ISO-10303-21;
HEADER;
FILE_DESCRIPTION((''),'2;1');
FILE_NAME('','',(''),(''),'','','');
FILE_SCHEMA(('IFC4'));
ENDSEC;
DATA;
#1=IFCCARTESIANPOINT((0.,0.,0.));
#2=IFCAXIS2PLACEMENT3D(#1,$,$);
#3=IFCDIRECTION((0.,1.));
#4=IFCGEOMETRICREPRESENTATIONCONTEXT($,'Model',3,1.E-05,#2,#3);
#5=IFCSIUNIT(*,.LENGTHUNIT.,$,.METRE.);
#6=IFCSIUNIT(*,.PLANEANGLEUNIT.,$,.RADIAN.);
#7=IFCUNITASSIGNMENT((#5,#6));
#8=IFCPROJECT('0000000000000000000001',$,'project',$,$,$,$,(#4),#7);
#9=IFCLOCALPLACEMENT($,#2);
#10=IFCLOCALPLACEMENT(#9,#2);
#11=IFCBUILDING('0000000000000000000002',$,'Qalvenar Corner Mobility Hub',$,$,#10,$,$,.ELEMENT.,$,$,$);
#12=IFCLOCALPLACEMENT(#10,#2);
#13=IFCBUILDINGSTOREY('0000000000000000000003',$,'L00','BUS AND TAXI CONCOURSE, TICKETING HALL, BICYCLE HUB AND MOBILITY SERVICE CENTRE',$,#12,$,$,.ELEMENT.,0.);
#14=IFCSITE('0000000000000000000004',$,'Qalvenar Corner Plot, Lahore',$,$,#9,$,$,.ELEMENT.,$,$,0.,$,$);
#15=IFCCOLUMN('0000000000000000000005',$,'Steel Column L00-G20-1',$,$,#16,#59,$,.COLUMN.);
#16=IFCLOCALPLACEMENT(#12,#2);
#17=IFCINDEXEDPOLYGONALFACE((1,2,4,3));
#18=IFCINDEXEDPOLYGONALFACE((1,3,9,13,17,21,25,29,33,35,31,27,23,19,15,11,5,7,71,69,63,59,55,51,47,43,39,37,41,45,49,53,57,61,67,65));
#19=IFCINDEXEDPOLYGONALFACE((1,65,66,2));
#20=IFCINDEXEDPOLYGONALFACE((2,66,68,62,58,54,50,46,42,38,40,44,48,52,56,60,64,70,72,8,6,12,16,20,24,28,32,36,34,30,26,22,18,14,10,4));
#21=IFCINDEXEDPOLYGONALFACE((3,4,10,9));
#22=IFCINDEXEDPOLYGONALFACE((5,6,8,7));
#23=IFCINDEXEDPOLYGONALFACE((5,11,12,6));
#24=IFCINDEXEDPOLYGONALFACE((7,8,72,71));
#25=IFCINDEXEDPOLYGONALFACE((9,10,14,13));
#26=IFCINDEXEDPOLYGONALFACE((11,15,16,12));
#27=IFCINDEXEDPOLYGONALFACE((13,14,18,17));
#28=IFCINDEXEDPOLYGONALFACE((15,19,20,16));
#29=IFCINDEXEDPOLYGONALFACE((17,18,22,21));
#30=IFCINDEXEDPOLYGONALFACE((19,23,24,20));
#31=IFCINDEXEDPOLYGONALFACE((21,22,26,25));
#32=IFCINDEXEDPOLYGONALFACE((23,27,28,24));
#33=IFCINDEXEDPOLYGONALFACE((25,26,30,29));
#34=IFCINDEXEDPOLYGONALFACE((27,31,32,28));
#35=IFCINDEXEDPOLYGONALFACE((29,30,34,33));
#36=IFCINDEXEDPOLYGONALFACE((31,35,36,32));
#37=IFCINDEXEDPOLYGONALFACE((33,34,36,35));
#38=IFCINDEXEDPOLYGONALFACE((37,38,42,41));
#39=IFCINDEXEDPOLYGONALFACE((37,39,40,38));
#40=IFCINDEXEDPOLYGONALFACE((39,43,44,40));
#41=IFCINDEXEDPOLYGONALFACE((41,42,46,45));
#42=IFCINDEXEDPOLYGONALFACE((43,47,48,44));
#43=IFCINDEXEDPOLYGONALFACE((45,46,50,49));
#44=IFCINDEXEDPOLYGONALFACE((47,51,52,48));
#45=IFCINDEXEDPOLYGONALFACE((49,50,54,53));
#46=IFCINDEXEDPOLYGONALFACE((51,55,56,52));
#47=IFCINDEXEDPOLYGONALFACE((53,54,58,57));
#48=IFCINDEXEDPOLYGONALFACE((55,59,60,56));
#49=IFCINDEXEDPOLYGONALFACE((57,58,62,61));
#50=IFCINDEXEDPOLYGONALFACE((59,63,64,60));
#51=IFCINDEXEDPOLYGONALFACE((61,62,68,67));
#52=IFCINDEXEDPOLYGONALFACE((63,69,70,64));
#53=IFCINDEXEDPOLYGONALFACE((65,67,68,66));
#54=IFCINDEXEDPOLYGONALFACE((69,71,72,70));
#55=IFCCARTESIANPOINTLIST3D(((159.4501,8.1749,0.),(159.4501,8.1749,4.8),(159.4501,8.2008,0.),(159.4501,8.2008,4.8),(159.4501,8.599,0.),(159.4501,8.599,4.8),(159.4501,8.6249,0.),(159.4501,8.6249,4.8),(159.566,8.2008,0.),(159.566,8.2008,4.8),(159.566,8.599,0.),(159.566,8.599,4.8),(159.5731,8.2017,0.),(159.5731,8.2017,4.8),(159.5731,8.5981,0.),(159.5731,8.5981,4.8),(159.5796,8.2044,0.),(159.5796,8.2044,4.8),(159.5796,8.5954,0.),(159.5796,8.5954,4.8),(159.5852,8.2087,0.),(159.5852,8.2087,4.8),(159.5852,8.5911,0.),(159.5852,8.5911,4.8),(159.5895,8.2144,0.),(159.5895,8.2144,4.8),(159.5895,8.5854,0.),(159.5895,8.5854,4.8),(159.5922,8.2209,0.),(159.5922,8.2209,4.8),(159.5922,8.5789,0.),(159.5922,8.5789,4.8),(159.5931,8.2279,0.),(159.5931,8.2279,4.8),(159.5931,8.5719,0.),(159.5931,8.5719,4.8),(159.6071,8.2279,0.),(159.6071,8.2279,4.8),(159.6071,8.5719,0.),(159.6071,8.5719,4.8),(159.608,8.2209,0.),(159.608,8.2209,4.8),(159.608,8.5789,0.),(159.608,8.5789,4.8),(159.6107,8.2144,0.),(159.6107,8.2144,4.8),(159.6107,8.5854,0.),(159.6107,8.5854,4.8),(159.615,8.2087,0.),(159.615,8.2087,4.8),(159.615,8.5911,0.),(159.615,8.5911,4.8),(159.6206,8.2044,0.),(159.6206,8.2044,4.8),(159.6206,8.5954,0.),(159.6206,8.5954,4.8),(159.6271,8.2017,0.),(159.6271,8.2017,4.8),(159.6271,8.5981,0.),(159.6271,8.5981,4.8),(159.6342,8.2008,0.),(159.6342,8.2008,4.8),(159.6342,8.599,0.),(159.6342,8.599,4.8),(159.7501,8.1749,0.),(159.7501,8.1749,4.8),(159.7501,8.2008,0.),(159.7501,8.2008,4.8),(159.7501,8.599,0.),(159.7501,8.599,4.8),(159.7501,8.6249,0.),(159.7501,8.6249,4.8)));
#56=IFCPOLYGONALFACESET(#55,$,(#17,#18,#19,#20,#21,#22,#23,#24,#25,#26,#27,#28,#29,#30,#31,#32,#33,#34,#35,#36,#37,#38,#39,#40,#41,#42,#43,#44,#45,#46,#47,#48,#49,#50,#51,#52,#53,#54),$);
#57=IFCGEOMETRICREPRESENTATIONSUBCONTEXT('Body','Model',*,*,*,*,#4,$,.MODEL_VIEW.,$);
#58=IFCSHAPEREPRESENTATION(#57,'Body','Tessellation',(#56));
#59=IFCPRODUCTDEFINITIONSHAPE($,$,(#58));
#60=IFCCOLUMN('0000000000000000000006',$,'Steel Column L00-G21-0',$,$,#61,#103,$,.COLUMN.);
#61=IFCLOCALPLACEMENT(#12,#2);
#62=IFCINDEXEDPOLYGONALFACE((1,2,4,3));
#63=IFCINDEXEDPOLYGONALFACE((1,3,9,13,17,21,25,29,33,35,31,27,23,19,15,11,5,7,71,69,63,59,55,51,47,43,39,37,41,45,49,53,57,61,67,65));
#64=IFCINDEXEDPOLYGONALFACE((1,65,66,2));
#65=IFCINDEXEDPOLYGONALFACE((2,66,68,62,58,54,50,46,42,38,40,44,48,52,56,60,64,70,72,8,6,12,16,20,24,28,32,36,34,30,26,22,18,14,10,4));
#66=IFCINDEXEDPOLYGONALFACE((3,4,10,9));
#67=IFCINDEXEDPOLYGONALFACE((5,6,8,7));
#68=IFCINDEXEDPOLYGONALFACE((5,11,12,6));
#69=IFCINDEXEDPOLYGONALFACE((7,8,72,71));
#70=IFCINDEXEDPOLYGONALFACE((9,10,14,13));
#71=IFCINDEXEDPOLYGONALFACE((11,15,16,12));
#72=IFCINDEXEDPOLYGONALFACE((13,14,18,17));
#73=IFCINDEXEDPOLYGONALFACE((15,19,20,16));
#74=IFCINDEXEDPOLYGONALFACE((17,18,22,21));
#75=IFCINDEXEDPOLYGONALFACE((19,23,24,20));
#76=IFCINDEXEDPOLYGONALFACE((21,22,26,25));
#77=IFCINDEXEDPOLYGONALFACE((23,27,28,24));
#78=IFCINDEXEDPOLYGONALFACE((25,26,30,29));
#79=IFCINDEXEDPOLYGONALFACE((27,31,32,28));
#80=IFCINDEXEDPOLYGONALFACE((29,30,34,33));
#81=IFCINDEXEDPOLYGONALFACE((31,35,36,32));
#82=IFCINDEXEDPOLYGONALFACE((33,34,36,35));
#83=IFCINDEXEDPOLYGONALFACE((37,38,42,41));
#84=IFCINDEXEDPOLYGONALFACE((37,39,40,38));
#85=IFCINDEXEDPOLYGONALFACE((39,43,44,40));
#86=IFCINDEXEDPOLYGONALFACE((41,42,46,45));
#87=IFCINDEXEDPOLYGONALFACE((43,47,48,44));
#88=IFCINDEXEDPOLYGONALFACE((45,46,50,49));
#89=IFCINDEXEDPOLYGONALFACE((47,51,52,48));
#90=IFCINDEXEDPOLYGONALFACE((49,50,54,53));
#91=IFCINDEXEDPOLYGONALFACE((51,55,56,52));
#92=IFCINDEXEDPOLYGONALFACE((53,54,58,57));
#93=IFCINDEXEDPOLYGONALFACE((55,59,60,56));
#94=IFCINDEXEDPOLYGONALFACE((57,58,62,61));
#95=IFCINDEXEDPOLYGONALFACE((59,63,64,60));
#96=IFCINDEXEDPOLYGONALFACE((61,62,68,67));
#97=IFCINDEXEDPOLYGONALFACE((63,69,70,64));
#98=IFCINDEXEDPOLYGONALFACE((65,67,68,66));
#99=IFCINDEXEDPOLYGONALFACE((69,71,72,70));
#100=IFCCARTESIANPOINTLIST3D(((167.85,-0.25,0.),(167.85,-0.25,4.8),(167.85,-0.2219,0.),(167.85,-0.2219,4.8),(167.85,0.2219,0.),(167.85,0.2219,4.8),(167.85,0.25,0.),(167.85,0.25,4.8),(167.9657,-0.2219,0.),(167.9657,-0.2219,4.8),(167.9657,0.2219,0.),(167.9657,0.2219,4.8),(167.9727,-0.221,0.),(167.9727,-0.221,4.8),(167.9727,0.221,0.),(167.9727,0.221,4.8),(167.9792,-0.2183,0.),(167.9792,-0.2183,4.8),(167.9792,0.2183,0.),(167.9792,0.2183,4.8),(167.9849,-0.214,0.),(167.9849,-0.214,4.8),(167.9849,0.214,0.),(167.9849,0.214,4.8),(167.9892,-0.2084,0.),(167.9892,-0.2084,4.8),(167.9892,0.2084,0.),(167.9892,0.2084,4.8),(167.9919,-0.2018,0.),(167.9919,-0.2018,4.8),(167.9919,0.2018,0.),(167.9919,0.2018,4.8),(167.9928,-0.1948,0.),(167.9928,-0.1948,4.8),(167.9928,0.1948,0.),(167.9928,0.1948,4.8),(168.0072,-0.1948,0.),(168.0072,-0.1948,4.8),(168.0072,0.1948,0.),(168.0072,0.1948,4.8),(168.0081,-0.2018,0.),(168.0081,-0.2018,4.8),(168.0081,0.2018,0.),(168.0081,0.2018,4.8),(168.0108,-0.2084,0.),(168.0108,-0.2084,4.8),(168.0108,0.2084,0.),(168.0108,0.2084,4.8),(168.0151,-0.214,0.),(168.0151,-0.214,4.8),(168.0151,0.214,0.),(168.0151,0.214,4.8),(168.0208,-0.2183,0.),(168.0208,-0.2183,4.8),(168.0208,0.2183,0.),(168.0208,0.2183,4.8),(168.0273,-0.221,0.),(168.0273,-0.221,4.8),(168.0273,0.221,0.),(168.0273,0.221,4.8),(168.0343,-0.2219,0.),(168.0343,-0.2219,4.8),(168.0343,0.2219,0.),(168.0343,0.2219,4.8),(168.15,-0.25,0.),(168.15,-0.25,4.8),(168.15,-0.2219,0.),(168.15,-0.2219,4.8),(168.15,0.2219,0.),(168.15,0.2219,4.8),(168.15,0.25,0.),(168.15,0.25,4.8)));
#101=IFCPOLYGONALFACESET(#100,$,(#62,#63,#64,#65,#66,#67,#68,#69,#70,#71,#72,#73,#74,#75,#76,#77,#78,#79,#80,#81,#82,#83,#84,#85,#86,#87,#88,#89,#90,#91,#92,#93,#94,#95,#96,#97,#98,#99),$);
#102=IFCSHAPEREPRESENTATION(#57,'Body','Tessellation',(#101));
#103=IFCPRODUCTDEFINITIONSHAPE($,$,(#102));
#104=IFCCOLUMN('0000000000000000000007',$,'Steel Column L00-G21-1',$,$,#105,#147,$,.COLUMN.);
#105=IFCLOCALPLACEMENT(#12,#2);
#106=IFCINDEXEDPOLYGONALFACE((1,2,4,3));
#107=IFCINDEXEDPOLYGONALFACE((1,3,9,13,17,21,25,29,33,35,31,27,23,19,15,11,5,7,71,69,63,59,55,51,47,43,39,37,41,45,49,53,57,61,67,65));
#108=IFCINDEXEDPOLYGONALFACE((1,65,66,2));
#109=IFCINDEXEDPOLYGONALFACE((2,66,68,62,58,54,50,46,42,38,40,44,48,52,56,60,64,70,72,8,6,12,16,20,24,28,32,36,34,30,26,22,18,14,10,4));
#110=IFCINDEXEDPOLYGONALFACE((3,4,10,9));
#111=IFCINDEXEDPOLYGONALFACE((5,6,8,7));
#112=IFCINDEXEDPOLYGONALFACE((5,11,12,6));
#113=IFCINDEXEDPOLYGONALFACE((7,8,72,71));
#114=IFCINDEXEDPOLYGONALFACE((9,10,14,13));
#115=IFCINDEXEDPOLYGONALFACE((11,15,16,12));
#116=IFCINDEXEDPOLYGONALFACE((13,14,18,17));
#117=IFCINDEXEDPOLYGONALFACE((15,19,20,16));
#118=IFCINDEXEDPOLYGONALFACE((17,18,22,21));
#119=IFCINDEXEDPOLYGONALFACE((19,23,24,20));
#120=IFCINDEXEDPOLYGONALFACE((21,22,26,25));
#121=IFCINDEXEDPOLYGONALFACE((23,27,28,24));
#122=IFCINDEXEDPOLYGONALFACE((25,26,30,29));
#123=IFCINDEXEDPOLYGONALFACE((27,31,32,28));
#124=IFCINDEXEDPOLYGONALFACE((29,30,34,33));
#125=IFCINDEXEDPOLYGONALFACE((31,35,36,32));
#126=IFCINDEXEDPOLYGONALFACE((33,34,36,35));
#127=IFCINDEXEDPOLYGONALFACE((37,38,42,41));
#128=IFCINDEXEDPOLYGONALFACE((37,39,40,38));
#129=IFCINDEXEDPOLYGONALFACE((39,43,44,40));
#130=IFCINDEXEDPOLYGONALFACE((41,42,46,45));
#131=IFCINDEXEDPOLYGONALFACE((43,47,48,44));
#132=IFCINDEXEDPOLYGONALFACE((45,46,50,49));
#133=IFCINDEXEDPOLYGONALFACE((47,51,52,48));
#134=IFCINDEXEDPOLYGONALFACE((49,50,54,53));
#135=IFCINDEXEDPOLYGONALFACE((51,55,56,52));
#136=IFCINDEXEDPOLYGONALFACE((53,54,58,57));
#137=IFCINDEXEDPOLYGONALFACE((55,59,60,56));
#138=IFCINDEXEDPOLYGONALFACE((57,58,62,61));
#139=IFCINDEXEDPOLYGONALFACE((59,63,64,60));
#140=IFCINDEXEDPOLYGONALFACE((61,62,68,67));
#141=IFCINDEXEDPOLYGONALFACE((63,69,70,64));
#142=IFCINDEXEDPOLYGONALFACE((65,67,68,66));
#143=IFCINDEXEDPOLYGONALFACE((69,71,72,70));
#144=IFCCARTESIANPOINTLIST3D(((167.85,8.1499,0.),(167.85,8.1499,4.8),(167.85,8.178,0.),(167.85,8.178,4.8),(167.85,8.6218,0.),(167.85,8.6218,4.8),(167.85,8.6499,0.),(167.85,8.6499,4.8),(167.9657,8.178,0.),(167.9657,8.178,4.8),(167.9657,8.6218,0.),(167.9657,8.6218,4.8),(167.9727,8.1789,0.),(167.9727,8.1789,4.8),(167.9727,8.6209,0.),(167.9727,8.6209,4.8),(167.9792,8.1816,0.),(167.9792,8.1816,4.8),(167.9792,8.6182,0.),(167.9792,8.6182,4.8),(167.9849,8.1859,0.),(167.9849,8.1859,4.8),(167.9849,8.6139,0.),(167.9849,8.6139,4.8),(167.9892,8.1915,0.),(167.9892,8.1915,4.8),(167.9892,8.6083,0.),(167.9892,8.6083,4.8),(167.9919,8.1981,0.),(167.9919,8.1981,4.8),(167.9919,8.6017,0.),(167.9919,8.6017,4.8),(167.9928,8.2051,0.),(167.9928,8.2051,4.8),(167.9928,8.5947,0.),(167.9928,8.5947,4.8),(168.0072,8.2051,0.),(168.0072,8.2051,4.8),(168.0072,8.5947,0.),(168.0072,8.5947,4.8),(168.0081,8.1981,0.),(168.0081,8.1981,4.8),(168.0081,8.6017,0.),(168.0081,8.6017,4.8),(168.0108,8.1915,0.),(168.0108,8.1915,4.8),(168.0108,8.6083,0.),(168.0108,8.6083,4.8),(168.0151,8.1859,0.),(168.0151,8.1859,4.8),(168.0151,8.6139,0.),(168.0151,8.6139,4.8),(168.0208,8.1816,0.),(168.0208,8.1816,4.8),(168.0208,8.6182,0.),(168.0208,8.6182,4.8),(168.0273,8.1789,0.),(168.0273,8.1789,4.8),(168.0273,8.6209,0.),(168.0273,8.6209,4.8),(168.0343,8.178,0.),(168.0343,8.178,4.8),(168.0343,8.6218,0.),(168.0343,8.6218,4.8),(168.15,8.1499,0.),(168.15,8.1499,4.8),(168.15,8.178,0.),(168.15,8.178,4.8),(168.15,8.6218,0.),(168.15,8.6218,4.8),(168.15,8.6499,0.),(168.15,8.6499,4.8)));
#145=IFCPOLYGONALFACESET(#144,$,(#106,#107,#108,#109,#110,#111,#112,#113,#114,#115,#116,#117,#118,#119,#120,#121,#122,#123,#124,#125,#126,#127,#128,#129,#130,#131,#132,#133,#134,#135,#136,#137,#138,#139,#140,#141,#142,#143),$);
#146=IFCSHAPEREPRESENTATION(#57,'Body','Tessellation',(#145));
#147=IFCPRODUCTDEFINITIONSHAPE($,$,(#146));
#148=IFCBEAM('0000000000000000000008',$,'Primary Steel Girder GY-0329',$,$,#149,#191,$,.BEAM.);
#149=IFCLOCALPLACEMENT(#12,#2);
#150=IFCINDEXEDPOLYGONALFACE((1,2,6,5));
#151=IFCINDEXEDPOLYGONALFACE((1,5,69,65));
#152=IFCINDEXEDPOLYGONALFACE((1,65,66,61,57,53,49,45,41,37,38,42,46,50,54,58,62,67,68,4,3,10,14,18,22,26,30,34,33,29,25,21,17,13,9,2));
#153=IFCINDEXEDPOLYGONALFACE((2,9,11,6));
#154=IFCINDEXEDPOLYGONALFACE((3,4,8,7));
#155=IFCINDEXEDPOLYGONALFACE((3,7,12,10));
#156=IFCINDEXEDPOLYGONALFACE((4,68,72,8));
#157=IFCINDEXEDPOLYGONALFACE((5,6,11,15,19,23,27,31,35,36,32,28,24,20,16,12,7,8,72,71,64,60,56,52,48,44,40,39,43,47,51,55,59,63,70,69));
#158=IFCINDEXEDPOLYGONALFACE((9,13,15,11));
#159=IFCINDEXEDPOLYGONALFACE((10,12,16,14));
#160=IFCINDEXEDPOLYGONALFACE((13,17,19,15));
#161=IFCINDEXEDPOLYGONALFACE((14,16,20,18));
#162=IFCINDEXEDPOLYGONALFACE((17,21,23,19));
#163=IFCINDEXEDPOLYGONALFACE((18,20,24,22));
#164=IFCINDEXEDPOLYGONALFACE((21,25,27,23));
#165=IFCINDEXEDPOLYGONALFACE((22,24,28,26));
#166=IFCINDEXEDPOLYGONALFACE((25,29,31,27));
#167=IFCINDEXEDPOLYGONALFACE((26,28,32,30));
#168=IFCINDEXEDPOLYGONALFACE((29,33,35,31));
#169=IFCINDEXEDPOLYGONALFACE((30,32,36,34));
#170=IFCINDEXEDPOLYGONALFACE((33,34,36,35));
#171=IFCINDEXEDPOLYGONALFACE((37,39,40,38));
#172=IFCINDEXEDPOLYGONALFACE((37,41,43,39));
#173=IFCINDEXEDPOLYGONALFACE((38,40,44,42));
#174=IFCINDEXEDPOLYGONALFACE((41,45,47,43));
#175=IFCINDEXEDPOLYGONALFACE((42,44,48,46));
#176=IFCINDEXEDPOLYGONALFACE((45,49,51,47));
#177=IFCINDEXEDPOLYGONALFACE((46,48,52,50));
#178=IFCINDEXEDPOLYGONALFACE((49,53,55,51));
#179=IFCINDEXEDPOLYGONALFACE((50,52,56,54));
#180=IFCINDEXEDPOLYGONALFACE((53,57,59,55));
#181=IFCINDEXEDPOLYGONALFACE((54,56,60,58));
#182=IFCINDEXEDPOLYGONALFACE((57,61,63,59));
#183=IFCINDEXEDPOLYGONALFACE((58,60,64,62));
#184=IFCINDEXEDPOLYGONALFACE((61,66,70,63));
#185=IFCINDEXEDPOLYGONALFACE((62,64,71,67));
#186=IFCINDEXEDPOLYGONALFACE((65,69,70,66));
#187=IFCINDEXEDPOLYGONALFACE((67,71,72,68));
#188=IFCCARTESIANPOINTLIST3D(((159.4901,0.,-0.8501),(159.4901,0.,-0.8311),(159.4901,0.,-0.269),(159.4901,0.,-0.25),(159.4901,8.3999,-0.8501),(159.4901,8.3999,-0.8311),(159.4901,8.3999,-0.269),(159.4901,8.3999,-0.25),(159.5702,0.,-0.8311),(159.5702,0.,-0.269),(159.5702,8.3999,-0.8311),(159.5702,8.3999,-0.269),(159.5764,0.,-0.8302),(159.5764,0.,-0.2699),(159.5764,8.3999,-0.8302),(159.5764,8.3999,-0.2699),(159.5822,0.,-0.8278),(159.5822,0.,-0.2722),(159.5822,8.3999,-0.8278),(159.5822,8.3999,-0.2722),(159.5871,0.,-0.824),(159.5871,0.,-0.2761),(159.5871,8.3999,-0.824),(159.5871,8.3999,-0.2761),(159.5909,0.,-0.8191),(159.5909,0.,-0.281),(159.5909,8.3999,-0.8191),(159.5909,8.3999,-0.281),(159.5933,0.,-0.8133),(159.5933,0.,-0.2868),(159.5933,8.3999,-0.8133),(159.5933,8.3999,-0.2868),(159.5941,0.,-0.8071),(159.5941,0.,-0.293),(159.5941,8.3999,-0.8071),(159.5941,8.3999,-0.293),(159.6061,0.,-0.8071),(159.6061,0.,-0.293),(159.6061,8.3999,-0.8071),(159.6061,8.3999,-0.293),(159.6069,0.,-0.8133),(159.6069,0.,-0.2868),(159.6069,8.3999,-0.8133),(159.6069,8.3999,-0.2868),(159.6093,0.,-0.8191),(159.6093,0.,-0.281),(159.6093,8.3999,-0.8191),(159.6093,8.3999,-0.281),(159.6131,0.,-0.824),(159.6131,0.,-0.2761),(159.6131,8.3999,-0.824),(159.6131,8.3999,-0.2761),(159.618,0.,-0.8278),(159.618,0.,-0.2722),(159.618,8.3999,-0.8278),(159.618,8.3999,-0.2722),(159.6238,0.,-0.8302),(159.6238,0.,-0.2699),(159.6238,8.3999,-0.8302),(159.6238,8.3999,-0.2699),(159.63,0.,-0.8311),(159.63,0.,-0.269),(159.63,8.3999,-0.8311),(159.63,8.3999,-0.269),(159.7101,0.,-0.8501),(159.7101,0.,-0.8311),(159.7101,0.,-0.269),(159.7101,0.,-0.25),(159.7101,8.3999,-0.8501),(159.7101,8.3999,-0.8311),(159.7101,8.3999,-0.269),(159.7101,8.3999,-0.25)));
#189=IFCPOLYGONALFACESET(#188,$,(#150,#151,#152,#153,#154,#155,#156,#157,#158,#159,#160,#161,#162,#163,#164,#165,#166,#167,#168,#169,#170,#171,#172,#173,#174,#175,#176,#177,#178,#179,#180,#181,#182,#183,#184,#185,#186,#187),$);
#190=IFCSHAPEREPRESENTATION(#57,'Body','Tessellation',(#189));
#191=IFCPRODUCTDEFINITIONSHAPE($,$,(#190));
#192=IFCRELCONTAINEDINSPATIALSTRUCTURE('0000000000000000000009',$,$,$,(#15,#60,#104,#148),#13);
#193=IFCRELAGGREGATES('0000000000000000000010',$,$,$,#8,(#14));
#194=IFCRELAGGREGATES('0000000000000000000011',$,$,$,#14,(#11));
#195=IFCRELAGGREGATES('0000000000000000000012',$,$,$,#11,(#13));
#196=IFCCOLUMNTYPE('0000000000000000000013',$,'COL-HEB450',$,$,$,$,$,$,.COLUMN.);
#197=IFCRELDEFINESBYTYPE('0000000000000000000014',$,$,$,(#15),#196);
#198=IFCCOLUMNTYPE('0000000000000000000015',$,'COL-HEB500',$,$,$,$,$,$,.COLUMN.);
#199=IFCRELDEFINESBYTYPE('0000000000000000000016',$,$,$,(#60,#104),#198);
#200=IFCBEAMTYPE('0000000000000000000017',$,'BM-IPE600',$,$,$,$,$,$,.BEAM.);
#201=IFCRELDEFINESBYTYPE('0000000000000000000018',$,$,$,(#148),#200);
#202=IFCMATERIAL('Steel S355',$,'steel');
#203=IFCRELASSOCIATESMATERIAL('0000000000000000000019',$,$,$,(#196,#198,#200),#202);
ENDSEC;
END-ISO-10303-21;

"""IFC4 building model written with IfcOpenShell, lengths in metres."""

from ifc_helpers import new_model, si_unit, direction, frame, origin, origin_2d, place, context, subcontext, project, spatial, i_section, extrude, material, material_profile, profile_set, type_object, element, save


model = new_model("IFC4")

# Units and contexts
model_context = context("Model", 3, precision=1e-05, world=origin(), true_north=direction((0.0, 1.0)))
body_context = subcontext(model_context, "Body", "Model", "MODEL_VIEW")
ifc_project = project(units=[si_unit("LENGTHUNIT", "METRE"), si_unit("PLANEANGLEUNIT", "RADIAN")], contexts=[model_context])

# Site, building, storey
site_placement = place(None, origin())
site = spatial("IfcSite", under=ifc_project, at=site_placement, Name="Qalvenar Corner Plot, Lahore", CompositionType="ELEMENT", RefElevation=0.0)
building_placement = place(site_placement, origin())
building = spatial("IfcBuilding", under=site, at=building_placement, Name="Qalvenar Corner Mobility Hub", CompositionType="ELEMENT")
storey_placement = place(building_placement, origin())
storey = spatial("IfcBuildingStorey", under=building, at=storey_placement, Name="L00", Description="BUS AND TAXI CONCOURSE, TICKETING HALL, BICYCLE HUB AND MOBILITY SERVICE CENTRE", CompositionType="ELEMENT", Elevation=0.0)

# Columns
ifc_material_1 = material(Name="Steel S355", Category="steel")
ifc_material_profile_1 = material_profile(ifc_material_1, i_section(OverallWidth=0.3, OverallDepth=0.45, WebThickness=0.0139, FlangeThickness=0.0259, FilletRadius=0.0271, at=origin_2d()), Name="HEB450")
ifc_profile_set_1 = profile_set([ifc_material_profile_1], Name="Steel S355")
column_type_1 = type_object("IfcColumnType", Name="COL-HEB450", PredefinedType="COLUMN", material=ifc_profile_set_1)
column_placement = place(storey_placement, frame((159.6001, 8.3999, 0.0), z_axis=(0.0, 0.0, 1.0), x_axis=(1.0, 0.0, 0.0)))
element("IfcColumn", 1, at=column_placement, inside=storey, type_object=column_type_1, Name="Steel Column L00-G20-1", PredefinedType="COLUMN", context=body_context, shape_type="SweptSolid", body=[
    extrude(i_section(OverallWidth=0.3, OverallDepth=0.45, WebThickness=0.0139, FlangeThickness=0.0259, FilletRadius=0.0271, at=origin_2d()), origin(), (0.0, 0.0, 1.0), 4.8),
])
ifc_material_profile_2 = material_profile(ifc_material_1, i_section(OverallWidth=0.3, OverallDepth=0.5, WebThickness=0.0144, FlangeThickness=0.0281, FilletRadius=0.0271, at=origin_2d()), Name="HEB500")
ifc_profile_set_2 = profile_set([ifc_material_profile_2], Name="Steel S355")
column_type_2 = type_object("IfcColumnType", Name="COL-HEB500", PredefinedType="COLUMN", material=ifc_profile_set_2)
for number, where, z_axis, x_axis, name in (
    (2, (168.0, 0.0, 0.0), (0.0, 0.0, 1.0), (1.0, 0.0, 0.0), "Steel Column L00-G21-0"),
    (3, (168.0, 8.3999, 0.0), (0.0, 0.0, 1.0), (1.0, 0.0, 0.0), "Steel Column L00-G21-1"),
):
    element("IfcColumn", number, at=place(storey_placement, frame(where, z_axis=z_axis, x_axis=x_axis)), inside=storey, type_object=column_type_2, Name=name, PredefinedType="COLUMN", context=body_context, shape_type="SweptSolid", body=[
        extrude(i_section(OverallWidth=0.3, OverallDepth=0.5, WebThickness=0.0144, FlangeThickness=0.0281, FilletRadius=0.0271, at=origin_2d()), origin(), (0.0, 0.0, 1.0), 4.8),
    ])

# Beam
ifc_material_profile_3 = material_profile(ifc_material_1, i_section(OverallWidth=0.22, OverallDepth=0.6001, WebThickness=0.012, FlangeThickness=0.019, FilletRadius=0.0239, at=origin_2d()), Name="IPE600")
ifc_profile_set_3 = profile_set([ifc_material_profile_3], Name="Steel S355")
beam_type_1 = type_object("IfcBeamType", Name="BM-IPE600", PredefinedType="BEAM", material=ifc_profile_set_3)
beam_1_placement = place(storey_placement, frame((159.6001, 0.0, -0.55), z_axis=(0.0, 1.0, 0.0), x_axis=(-1.0, 0.0, 0.0)))
element("IfcBeam", 4, at=beam_1_placement, inside=storey, type_object=beam_type_1, Name="Primary Steel Girder GY-0329", PredefinedType="BEAM", context=body_context, shape_type="SweptSolid", body=[
    extrude(i_section(OverallWidth=0.22, OverallDepth=0.6001, WebThickness=0.012, FlangeThickness=0.019, FilletRadius=0.0239, at=origin_2d()), origin(), (0.0, 0.0, 1.0), 8.3999),
])

save(model, "model.ifc")
